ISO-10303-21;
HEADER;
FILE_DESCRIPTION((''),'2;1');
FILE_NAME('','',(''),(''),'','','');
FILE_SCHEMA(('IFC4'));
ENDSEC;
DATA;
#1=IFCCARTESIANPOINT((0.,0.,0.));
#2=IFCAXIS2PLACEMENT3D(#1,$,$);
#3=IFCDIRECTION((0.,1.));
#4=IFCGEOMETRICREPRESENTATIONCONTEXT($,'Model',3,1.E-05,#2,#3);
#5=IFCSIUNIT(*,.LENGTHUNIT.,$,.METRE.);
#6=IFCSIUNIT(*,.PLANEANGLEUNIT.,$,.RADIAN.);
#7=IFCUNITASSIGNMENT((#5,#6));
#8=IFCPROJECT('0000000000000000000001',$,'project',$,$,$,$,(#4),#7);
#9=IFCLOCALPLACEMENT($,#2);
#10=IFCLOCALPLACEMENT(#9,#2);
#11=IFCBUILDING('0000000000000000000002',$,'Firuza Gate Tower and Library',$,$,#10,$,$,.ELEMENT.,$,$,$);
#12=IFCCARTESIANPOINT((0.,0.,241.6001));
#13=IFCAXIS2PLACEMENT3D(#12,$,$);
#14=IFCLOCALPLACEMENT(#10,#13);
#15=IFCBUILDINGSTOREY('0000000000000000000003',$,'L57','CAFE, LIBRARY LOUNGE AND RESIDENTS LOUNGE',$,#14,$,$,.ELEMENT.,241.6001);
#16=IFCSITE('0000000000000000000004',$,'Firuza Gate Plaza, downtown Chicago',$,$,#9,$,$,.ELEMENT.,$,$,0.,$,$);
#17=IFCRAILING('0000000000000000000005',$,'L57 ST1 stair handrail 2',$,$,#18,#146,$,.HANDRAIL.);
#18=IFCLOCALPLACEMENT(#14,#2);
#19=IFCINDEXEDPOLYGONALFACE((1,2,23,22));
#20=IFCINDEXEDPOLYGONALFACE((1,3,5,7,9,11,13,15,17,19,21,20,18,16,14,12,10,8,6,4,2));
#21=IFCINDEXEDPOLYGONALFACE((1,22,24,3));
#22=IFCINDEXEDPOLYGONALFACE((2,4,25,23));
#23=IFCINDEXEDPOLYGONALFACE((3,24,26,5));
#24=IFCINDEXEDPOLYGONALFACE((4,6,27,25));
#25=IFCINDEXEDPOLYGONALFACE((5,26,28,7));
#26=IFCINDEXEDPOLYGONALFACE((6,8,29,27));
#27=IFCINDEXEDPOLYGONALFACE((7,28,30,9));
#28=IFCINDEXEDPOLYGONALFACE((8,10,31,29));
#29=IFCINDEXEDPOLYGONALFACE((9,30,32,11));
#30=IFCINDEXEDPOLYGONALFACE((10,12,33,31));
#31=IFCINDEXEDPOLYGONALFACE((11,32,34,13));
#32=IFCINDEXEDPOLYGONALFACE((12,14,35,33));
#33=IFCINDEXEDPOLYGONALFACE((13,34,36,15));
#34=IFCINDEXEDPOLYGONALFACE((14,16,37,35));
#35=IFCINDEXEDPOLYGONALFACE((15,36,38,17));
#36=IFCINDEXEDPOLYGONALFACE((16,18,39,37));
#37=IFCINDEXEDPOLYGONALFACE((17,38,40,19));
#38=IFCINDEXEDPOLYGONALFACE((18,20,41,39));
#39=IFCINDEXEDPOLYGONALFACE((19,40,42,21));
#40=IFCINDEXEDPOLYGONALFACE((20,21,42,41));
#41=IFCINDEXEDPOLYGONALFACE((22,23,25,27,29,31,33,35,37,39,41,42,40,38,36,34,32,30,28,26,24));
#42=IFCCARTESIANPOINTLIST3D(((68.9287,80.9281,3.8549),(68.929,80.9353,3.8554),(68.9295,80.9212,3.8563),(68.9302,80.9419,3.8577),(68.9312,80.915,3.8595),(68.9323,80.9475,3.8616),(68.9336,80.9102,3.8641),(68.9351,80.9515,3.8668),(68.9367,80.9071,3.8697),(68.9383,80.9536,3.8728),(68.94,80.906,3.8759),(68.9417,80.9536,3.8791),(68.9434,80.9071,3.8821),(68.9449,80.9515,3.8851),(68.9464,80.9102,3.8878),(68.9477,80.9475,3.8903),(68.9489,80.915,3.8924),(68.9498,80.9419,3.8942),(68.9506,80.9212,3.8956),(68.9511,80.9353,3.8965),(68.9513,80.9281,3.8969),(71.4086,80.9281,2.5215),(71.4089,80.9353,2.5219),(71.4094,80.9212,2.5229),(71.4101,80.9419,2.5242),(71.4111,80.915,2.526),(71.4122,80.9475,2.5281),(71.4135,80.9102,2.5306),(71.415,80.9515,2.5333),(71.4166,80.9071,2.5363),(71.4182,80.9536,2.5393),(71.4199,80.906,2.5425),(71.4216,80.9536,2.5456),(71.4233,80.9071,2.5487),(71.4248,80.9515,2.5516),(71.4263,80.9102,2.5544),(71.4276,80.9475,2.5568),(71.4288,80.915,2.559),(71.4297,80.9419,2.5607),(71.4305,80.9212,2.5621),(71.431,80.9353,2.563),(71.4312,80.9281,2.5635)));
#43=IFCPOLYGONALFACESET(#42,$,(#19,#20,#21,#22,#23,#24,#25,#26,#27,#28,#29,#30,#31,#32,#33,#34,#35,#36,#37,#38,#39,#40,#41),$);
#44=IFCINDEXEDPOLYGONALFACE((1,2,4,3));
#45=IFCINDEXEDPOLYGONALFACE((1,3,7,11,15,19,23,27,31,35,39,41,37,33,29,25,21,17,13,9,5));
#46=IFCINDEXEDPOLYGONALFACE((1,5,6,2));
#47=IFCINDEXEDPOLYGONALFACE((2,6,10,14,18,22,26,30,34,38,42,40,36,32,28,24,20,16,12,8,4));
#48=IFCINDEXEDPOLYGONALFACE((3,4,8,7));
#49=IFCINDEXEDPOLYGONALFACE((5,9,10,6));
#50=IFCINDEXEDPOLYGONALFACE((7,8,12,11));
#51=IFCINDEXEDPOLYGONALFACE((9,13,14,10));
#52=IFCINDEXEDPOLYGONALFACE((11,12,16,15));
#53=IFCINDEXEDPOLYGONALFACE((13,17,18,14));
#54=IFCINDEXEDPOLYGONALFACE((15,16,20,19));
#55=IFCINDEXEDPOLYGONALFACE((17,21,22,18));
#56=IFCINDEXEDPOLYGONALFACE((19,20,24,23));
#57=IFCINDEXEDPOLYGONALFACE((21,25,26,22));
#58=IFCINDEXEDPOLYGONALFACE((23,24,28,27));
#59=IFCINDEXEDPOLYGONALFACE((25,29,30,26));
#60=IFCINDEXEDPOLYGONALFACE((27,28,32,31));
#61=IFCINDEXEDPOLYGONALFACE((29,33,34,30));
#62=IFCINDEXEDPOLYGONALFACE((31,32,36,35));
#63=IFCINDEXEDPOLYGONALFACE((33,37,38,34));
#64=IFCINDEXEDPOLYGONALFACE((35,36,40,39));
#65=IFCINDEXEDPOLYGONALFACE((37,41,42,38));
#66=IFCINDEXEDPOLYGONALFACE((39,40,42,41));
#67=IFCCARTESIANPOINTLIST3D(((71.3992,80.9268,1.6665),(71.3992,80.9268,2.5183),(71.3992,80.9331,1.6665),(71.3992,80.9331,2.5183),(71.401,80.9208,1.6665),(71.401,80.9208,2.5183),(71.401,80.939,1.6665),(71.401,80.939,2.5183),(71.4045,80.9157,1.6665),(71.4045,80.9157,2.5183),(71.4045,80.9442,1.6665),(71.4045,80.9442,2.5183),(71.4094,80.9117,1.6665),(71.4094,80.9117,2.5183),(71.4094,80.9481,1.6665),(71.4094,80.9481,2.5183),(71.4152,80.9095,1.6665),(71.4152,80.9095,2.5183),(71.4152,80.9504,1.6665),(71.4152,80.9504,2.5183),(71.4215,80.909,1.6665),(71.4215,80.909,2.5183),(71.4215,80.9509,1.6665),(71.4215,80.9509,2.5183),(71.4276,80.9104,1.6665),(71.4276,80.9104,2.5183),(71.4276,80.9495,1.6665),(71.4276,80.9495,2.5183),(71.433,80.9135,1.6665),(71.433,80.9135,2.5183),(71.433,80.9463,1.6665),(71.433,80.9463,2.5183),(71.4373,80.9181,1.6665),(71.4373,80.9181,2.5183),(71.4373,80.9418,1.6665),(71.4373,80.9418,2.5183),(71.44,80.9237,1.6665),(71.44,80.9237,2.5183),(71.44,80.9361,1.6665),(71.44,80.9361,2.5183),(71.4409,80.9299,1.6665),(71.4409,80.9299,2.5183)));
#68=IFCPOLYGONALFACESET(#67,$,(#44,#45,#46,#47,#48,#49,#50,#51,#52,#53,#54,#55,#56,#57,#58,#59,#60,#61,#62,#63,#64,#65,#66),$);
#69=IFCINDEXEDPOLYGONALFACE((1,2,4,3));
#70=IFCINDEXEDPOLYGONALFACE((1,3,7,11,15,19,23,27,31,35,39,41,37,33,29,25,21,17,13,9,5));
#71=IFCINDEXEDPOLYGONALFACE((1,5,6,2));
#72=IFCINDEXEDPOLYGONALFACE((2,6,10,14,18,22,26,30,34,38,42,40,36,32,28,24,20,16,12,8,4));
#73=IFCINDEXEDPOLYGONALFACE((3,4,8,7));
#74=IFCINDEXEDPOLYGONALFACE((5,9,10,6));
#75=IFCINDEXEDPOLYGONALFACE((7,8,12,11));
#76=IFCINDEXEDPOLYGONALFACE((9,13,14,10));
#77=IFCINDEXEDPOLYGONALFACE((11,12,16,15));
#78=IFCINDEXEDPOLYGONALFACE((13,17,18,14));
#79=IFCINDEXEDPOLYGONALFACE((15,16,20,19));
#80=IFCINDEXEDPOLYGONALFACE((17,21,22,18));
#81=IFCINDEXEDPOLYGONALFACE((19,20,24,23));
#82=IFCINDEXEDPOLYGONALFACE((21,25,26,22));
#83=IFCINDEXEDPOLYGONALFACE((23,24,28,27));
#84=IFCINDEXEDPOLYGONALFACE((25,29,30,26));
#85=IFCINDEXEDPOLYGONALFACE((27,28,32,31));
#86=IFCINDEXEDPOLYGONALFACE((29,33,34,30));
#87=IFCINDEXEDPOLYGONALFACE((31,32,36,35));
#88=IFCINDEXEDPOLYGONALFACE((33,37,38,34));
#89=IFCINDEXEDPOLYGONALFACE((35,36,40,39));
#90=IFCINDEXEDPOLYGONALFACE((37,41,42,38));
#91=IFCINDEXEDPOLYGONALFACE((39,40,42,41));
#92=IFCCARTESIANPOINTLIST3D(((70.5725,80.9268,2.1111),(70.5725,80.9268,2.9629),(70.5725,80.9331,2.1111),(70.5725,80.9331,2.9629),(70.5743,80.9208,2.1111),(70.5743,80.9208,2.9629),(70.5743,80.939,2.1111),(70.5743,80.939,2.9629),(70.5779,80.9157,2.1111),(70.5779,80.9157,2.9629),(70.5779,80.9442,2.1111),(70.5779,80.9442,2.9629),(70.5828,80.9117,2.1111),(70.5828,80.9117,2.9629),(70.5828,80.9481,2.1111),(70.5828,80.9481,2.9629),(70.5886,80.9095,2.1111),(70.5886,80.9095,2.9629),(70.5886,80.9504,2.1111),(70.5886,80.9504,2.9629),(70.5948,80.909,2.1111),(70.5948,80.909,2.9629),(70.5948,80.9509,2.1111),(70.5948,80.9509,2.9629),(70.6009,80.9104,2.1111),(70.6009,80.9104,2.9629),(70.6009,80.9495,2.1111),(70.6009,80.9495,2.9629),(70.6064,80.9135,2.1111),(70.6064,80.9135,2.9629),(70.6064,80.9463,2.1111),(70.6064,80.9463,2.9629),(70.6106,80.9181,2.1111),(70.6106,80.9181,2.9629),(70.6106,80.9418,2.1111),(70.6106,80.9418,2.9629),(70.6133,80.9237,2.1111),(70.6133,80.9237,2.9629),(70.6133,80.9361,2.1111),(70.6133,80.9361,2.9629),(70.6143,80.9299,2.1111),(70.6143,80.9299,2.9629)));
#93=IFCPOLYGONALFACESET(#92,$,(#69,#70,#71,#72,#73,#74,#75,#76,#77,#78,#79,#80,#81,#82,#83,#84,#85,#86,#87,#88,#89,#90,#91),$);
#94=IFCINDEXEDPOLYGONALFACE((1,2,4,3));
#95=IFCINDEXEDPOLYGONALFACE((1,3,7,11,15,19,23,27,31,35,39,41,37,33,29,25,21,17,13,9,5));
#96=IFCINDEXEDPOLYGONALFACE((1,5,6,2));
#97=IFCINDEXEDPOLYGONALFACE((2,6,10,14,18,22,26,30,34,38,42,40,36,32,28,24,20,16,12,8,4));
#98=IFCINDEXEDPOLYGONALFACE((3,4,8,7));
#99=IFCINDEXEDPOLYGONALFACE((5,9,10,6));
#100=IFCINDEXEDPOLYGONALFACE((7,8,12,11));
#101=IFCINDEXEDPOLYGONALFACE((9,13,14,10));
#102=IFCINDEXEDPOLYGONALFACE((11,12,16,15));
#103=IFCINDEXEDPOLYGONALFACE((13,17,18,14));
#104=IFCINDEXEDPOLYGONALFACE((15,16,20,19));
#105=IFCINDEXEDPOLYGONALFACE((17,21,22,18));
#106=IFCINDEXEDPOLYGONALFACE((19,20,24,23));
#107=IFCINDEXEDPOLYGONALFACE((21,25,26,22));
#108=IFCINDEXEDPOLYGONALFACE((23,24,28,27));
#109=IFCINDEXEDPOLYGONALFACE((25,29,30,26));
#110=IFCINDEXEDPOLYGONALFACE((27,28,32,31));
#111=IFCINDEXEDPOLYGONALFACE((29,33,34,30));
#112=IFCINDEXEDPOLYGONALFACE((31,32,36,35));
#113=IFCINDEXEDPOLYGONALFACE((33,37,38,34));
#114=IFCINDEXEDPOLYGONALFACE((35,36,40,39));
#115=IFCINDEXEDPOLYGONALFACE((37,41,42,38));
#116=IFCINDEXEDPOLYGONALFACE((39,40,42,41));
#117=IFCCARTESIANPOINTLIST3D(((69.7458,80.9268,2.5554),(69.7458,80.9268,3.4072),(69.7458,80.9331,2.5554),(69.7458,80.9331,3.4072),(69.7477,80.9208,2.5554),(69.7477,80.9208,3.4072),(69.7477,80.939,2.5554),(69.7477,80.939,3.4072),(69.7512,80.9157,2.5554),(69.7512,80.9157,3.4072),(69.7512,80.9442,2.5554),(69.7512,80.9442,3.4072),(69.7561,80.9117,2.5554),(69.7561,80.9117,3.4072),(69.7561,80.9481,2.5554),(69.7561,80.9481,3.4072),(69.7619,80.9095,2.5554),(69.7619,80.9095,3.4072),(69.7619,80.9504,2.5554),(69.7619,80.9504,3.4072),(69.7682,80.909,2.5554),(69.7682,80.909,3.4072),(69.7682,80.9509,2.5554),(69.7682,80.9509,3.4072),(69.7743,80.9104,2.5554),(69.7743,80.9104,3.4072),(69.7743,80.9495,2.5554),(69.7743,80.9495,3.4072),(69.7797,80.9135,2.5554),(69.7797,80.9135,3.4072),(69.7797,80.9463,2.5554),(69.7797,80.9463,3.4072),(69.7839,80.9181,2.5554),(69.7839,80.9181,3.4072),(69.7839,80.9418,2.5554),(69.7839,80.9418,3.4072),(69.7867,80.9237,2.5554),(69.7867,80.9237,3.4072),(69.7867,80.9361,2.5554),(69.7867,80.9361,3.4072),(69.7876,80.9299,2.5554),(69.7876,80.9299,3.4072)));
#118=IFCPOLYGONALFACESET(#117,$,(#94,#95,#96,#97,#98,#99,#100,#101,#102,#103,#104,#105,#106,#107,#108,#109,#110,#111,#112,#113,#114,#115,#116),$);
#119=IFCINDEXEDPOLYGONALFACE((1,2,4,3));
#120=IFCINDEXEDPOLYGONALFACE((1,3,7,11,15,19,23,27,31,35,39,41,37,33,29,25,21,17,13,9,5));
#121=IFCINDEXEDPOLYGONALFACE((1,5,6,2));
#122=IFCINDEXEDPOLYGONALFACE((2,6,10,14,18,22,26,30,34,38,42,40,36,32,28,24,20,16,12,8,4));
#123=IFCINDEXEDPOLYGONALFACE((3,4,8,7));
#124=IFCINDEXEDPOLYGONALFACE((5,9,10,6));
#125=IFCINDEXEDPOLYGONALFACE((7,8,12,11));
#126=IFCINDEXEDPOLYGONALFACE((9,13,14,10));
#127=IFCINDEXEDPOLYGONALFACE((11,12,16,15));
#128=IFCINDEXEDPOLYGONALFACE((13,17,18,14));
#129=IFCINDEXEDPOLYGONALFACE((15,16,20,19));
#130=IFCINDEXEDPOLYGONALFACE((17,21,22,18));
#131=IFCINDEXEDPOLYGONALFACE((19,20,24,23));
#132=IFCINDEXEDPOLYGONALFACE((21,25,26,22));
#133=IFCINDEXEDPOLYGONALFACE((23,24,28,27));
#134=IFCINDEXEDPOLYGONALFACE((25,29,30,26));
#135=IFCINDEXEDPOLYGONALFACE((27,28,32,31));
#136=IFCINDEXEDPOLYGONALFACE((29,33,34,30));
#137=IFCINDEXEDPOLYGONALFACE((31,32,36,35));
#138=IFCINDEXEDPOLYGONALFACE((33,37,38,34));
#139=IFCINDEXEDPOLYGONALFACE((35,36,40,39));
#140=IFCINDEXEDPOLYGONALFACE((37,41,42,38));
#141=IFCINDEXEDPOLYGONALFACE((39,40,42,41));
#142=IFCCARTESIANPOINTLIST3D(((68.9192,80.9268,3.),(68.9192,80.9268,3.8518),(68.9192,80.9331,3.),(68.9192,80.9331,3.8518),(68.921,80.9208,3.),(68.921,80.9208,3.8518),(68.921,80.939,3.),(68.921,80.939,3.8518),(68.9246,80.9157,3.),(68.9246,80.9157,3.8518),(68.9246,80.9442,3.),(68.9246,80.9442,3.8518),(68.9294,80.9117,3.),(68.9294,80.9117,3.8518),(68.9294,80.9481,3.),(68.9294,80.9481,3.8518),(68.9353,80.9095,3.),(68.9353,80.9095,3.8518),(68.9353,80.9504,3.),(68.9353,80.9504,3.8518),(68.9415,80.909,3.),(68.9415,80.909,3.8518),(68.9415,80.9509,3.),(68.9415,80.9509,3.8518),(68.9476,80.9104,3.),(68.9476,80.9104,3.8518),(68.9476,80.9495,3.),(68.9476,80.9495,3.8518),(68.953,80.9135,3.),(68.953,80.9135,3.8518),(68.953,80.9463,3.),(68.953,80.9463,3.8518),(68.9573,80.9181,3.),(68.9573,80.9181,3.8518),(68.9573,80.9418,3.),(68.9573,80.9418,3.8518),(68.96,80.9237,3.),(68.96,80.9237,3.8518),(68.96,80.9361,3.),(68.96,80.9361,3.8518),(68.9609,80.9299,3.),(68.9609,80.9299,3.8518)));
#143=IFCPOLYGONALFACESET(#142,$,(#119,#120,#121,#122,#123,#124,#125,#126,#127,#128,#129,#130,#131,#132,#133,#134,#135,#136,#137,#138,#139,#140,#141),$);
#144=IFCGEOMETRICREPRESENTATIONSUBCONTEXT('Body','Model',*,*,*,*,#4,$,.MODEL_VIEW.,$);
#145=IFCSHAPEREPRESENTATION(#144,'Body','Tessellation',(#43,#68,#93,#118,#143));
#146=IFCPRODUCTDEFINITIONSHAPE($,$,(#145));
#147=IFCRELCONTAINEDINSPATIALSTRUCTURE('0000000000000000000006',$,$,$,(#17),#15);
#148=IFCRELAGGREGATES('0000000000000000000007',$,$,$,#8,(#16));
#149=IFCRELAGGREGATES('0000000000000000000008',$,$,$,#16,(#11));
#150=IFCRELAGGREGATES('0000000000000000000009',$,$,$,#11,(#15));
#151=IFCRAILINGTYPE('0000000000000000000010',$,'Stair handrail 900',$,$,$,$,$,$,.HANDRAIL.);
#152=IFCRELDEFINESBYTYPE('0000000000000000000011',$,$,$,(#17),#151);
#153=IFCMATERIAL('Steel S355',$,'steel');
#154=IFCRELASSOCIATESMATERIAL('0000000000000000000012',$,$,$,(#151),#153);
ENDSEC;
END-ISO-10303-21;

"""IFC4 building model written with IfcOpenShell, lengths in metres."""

from ifc_helpers import new_model, si_unit, direction, frame, origin, origin_2d, place, context, subcontext, project, spatial, circle, extrude, material, type_object, element, save


model = new_model("IFC4")

# Units and contexts
model_context = context("Model", 3, precision=1e-05, world=origin(), true_north=direction((0.0, 1.0)))
body_context = subcontext(model_context, "Body", "Model", "MODEL_VIEW")
ifc_project = project(units=[si_unit("LENGTHUNIT", "METRE"), si_unit("PLANEANGLEUNIT", "RADIAN")], contexts=[model_context])

# Site, building, storey
site_placement = place(None, origin())
site = spatial("IfcSite", under=ifc_project, at=site_placement, Name="Firuza Gate Plaza, downtown Chicago", CompositionType="ELEMENT", RefElevation=0.0)
building_placement = place(site_placement, origin())
building = spatial("IfcBuilding", under=site, at=building_placement, Name="Firuza Gate Tower and Library", CompositionType="ELEMENT")
storey_placement = place(building_placement, frame((0.0, 0.0, 241.6001)))
storey = spatial("IfcBuildingStorey", under=building, at=storey_placement, Name="L57", Description="CAFE, LIBRARY LOUNGE AND RESIDENTS LOUNGE", CompositionType="ELEMENT", Elevation=241.6001)

# Railing
ifc_material_1 = material(Name="Steel S355", Category="steel")
railing_type_1 = type_object("IfcRailingType", Name="Stair handrail 900", PredefinedType="HANDRAIL", material=ifc_material_1)
railing_1_placement = place(storey_placement, frame((71.4199, 80.9299, 1.6665)))
element("IfcRailing", 1, at=railing_1_placement, inside=storey, type_object=railing_type_1, Name="L57 ST1 stair handrail 2", PredefinedType="HANDRAIL", context=body_context, shape_type="SweptSolid", body=[
    extrude(circle(Radius=0.0239, at=origin_2d()), frame((0.0, 0.0, 0.876), z_axis=(-0.880749, 0.0, 0.473583), x_axis=(0.0, -1.0, 0.0)), (0.0, 0.0, 1.0), 2.8157),
    extrude(circle(Radius=0.021, at=origin_2d()), origin(), (0.0, 0.0, 1.0), 0.8518),
    extrude(circle(Radius=0.021, at=origin_2d()), frame((-0.8267, 0.0, 0.4446)), (0.0, 0.0, 1.0), 0.8518),
    extrude(circle(Radius=0.021, at=origin_2d()), frame((-1.6533, 0.0, 0.8889)), (0.0, 0.0, 1.0), 0.8518),
    extrude(circle(Radius=0.021, at=origin_2d()), frame((-2.48, 0.0, 1.3335)), (0.0, 0.0, 1.0), 0.8518),
])

save(model, "model.ifc")
